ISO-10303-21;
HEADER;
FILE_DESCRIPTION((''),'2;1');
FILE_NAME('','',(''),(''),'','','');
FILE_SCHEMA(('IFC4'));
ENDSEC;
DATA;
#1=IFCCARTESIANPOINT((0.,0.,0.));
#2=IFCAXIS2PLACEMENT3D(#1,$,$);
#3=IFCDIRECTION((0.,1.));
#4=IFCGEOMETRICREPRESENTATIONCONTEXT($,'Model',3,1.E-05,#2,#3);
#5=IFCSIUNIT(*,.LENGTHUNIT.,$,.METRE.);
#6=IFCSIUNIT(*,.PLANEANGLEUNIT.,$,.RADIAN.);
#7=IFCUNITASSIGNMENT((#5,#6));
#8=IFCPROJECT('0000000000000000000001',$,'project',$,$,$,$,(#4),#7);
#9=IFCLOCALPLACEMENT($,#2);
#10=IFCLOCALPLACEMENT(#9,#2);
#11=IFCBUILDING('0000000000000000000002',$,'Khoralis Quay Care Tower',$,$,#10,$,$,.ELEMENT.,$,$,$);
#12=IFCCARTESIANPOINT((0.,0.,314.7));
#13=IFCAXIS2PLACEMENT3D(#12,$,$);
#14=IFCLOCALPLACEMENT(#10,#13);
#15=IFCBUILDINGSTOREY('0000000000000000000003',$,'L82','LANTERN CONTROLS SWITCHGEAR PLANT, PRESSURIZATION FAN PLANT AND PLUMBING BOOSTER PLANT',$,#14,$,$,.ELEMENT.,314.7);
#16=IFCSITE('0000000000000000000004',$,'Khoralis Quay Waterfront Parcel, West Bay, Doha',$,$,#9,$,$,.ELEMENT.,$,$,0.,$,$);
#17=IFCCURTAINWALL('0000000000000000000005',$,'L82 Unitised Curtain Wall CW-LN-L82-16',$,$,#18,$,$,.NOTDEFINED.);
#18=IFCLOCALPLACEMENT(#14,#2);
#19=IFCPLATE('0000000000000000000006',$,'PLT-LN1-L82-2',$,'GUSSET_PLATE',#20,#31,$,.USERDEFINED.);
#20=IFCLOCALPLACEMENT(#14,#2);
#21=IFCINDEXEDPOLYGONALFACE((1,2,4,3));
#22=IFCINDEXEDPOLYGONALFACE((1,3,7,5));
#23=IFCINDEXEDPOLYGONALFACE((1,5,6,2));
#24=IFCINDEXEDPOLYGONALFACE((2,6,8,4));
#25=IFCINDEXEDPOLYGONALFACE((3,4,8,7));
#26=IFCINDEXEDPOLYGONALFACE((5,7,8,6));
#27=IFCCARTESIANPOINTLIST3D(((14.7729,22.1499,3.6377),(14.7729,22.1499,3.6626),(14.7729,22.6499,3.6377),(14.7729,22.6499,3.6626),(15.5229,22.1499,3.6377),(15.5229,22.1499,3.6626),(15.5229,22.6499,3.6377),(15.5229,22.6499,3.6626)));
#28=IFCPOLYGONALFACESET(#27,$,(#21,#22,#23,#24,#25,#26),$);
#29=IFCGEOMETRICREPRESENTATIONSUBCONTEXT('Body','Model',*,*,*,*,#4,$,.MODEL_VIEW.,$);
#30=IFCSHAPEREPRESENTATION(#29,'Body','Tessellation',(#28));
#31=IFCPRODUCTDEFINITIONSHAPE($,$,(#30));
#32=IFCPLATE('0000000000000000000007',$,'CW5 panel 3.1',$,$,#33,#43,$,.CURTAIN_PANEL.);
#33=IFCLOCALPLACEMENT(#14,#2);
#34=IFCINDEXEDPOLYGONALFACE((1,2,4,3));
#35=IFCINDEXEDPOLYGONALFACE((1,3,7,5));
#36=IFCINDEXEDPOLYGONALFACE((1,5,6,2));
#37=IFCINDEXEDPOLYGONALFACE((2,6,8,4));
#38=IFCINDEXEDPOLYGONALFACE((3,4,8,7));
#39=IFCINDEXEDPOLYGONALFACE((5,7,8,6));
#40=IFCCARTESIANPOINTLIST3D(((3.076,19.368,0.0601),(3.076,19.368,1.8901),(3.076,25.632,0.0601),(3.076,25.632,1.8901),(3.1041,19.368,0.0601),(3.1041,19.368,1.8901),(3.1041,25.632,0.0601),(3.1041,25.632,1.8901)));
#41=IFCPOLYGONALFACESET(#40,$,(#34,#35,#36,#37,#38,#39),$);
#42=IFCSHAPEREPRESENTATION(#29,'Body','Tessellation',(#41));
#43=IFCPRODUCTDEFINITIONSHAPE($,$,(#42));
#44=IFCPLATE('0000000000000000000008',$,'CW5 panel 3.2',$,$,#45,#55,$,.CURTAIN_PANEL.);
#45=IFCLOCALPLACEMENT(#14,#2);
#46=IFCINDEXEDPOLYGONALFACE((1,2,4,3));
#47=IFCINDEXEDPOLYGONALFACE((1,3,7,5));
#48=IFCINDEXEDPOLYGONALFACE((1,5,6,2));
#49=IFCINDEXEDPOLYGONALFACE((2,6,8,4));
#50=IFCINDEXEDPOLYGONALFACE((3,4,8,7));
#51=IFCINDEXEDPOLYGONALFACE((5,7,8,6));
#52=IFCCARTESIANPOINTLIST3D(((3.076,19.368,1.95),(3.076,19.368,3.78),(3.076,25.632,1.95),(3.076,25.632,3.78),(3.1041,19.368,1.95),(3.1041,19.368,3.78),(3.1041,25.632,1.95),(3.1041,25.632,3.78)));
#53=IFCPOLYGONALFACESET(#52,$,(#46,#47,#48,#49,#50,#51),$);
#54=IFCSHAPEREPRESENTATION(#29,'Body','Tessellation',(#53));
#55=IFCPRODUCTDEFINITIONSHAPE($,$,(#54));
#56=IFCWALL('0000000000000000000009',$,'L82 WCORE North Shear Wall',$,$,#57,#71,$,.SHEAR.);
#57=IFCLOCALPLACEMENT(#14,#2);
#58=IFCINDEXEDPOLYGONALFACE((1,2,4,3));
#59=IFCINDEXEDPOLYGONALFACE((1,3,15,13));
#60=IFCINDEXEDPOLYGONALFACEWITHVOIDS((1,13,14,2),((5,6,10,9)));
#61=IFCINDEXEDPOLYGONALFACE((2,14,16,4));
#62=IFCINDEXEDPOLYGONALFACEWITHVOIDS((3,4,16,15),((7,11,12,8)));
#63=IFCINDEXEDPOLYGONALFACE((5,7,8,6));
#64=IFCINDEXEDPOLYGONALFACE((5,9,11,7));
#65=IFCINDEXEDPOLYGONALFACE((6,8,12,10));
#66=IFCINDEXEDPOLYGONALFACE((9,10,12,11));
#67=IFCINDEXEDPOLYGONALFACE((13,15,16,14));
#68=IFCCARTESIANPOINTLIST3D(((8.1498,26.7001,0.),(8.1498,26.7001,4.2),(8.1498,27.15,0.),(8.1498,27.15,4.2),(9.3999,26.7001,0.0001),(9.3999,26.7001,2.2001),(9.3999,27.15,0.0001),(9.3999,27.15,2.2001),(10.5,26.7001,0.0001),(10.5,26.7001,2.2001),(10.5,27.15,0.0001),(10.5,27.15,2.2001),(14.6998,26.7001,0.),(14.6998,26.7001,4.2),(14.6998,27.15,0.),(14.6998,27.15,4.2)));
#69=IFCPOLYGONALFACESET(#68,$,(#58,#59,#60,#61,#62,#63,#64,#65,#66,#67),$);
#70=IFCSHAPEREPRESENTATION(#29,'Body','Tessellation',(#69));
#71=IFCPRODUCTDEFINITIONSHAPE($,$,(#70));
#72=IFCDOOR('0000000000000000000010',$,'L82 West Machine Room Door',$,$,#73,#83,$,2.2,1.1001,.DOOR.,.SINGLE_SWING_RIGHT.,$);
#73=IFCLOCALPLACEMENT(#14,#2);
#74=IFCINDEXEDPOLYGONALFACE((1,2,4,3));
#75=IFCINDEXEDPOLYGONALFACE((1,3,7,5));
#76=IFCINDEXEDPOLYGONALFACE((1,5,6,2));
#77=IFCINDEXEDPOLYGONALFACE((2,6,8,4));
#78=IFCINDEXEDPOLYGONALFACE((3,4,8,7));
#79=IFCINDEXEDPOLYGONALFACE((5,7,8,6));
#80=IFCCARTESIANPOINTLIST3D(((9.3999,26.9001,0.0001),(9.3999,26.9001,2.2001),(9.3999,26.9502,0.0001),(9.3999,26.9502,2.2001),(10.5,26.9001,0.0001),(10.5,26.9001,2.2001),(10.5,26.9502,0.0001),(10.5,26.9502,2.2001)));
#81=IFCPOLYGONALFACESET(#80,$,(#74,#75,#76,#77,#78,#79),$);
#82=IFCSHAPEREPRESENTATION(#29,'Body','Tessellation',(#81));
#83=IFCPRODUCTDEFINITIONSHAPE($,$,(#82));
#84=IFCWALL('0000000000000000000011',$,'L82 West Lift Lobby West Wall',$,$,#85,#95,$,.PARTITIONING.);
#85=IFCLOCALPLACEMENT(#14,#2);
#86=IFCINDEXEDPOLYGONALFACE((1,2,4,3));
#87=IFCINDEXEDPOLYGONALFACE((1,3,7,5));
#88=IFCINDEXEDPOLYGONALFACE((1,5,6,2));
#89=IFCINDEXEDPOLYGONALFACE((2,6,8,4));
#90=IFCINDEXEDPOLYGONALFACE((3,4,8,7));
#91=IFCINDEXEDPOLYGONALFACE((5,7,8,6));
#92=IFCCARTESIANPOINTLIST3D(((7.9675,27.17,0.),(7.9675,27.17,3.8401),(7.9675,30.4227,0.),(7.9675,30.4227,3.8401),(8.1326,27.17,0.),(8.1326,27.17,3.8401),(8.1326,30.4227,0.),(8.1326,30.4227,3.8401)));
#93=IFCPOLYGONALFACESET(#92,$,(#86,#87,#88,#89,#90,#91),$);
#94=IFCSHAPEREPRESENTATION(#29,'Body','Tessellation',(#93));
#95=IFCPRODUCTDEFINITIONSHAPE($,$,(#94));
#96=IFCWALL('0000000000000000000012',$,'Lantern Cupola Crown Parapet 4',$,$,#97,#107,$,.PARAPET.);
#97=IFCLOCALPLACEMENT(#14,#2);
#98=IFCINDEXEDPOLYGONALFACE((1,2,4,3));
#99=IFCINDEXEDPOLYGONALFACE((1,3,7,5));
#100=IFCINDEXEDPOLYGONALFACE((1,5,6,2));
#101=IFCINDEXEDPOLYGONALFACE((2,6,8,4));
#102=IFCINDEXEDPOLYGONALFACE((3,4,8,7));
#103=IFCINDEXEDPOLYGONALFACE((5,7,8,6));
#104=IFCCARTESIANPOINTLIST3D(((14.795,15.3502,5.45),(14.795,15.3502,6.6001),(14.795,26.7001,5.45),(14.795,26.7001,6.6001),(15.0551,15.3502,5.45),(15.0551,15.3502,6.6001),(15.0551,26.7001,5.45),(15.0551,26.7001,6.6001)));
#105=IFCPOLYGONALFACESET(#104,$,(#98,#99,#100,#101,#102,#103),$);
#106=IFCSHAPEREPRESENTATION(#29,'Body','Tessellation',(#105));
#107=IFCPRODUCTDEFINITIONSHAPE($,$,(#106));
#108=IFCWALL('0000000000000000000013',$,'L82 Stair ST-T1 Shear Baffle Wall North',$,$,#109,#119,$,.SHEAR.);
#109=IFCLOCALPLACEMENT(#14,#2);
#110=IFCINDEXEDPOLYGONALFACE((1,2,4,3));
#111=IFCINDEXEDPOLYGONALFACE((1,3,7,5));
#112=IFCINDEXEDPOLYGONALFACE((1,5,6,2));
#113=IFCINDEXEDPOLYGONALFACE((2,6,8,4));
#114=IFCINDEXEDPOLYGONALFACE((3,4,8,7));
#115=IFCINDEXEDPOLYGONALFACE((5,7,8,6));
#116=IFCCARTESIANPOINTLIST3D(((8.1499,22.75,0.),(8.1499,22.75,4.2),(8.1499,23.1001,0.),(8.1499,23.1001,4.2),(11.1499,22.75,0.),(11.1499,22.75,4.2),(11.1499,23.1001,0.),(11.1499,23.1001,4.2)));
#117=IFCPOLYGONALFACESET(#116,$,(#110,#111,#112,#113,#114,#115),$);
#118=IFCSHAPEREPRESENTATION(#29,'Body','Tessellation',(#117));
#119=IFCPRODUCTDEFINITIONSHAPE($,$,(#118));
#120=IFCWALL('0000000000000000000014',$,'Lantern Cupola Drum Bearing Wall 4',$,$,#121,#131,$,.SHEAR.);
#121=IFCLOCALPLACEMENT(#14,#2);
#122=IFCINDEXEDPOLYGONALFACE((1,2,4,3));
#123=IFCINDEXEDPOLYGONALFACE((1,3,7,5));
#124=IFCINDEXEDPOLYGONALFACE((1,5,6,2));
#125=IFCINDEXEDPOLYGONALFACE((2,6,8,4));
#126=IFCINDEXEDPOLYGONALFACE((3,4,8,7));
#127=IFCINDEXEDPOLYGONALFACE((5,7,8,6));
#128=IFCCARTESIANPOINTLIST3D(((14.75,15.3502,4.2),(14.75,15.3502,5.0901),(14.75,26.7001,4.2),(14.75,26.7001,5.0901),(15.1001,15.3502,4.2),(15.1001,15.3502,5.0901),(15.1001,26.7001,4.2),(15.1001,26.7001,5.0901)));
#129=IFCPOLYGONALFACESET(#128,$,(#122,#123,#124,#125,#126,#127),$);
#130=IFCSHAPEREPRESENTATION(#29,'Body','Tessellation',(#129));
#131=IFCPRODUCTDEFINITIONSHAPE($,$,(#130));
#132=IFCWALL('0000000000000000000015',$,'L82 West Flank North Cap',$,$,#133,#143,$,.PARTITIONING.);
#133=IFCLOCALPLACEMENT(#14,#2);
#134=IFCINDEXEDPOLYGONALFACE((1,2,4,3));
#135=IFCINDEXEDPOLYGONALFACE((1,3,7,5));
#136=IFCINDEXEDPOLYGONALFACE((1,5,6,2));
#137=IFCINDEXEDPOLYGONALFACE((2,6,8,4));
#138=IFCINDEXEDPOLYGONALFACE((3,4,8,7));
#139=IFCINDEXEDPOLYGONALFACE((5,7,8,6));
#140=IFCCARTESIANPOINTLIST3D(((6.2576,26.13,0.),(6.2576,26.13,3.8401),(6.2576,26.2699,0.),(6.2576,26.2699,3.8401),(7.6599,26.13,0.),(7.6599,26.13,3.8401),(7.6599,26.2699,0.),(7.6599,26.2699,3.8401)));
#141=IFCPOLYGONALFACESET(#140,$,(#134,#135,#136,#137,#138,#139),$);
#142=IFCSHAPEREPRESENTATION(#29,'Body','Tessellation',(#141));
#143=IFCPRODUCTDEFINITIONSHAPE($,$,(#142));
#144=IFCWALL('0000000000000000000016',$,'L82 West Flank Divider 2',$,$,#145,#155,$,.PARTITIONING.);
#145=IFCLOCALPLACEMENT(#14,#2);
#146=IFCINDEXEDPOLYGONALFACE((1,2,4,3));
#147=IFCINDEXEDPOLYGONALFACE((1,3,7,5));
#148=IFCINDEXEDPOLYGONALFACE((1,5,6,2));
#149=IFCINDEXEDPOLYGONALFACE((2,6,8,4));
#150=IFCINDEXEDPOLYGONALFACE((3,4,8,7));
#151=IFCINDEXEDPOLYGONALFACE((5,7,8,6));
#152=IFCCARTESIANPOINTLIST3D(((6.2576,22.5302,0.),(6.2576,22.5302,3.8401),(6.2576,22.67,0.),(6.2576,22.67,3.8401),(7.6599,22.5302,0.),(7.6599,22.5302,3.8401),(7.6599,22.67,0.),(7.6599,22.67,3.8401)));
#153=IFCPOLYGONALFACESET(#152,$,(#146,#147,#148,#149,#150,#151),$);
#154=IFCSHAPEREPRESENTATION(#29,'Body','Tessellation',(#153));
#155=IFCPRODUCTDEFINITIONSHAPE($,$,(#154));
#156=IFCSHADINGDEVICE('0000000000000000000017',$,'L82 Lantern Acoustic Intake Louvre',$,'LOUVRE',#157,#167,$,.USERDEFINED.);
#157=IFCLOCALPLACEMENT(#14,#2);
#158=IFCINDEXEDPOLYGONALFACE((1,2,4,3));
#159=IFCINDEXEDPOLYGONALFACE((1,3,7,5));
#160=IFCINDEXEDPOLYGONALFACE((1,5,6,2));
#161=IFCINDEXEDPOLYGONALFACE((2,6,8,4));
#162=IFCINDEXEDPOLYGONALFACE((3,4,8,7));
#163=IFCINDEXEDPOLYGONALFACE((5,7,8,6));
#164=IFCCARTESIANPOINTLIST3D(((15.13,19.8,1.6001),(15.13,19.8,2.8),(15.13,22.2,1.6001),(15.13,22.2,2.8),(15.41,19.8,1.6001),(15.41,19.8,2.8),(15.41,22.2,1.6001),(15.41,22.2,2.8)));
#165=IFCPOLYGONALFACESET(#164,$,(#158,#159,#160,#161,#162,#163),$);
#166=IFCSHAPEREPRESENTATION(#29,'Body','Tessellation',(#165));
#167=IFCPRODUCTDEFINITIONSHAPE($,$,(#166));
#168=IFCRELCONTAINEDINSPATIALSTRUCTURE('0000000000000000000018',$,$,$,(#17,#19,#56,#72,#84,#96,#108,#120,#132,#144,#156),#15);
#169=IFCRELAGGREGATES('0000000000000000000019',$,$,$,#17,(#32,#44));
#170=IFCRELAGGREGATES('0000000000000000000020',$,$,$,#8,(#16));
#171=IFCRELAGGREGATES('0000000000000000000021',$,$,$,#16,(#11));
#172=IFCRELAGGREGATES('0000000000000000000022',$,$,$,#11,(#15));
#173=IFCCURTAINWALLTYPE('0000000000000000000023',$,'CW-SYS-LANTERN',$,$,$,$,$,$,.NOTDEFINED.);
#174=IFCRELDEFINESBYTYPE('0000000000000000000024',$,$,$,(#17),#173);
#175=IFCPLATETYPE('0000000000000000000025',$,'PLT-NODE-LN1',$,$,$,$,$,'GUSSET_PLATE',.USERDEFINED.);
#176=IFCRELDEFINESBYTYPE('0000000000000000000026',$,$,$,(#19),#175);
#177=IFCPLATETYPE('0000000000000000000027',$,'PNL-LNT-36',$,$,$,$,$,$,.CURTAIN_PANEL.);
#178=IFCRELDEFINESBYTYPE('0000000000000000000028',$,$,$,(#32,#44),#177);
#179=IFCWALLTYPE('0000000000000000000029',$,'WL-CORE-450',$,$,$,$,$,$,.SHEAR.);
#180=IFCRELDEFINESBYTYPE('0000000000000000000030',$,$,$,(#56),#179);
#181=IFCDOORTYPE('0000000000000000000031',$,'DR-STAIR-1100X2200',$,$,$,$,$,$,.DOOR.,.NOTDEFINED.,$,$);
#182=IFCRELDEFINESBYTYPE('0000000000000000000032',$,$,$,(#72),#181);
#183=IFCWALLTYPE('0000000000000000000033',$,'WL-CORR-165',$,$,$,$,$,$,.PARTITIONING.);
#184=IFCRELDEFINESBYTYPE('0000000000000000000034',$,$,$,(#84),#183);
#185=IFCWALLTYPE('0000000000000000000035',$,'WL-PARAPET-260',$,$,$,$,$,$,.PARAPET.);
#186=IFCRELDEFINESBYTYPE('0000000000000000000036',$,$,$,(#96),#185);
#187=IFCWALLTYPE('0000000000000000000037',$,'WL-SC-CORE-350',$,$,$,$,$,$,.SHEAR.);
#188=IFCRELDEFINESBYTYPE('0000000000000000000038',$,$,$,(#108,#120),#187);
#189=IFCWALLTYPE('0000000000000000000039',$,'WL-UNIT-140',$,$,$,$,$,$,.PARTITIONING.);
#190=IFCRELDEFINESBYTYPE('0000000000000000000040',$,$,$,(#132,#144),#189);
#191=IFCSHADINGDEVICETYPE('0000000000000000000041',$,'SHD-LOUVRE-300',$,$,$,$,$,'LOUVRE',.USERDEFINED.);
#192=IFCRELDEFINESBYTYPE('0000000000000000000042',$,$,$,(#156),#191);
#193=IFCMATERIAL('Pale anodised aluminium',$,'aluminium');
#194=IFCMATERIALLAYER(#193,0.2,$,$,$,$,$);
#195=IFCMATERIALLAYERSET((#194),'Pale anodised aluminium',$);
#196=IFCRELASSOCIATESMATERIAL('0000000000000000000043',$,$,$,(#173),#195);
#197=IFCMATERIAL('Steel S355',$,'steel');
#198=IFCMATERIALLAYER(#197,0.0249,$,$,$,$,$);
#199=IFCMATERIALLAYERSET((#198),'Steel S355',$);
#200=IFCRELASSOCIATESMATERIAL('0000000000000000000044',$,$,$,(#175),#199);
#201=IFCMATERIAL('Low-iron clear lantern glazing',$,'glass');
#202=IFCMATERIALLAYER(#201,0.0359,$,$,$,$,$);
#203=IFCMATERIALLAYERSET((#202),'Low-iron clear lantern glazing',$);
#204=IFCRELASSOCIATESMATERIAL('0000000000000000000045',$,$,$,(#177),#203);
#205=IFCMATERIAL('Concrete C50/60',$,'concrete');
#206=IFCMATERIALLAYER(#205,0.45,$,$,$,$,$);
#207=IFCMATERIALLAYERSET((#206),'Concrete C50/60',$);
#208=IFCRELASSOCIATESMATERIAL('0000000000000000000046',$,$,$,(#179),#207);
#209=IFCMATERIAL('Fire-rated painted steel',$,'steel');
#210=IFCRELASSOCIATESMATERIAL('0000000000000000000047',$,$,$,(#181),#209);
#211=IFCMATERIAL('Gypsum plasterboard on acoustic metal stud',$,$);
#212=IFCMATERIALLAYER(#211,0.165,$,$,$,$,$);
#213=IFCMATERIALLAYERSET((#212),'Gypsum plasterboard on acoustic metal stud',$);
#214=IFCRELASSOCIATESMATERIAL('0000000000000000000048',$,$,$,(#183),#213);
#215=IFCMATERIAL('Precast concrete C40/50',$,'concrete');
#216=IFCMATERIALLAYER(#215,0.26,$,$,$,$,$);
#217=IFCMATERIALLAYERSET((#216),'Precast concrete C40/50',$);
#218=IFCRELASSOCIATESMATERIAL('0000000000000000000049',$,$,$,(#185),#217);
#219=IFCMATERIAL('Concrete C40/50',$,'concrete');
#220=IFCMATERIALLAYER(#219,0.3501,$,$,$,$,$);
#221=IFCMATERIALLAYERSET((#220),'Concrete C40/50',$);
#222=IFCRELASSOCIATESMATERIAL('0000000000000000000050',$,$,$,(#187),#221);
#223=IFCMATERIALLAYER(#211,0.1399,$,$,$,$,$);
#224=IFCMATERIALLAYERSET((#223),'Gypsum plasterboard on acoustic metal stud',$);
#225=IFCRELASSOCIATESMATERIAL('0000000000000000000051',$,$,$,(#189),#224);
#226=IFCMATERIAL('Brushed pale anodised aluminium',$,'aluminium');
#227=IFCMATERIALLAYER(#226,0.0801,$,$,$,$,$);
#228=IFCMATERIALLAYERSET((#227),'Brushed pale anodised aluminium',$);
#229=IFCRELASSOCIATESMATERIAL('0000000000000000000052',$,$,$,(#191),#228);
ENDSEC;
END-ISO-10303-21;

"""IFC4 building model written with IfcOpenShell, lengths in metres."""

from ifc_helpers import new_model, si_unit, direction, frame, frame_2d, origin, origin_2d, place, context, subcontext, project, spatial, rectangle, extrude, source, transform, mapped, material, layer, layer_set, type_object, element, fill, aggregate, save


model = new_model("IFC4")

# Units and contexts
model_context = context("Model", 3, precision=1e-05, world=origin(), true_north=direction((0.0, 1.0)))
body_context = subcontext(model_context, "Body", "Model", "MODEL_VIEW")
ifc_project = project(units=[si_unit("LENGTHUNIT", "METRE"), si_unit("PLANEANGLEUNIT", "RADIAN")], contexts=[model_context])

# Site, building, storey
site_placement = place(None, origin())
site = spatial("IfcSite", under=ifc_project, at=site_placement, Name="Khoralis Quay Waterfront Parcel, West Bay, Doha", CompositionType="ELEMENT", RefElevation=0.0)
building_placement = place(site_placement, origin())
building = spatial("IfcBuilding", under=site, at=building_placement, Name="Khoralis Quay Care Tower", CompositionType="ELEMENT")
storey_placement = place(building_placement, frame((0.0, 0.0, 314.7)))
storey = spatial("IfcBuildingStorey", under=building, at=storey_placement, Name="L82", Description="LANTERN CONTROLS SWITCHGEAR PLANT, PRESSURIZATION FAN PLANT AND PLUMBING BOOSTER PLANT", CompositionType="ELEMENT", Elevation=314.7)

# Shared definitions
ifc_material_1 = material(Name="Steel S355", Category="steel")

# Shared definitions
ifc_material_2 = material(Name="Concrete C50/60", Category="concrete")

# Curtain wall
ifc_material_3 = material(Name="Pale anodised aluminium", Category="aluminium")
ifc_layer_1 = layer(ifc_material_3, 0.2)
ifc_layer_set_1 = layer_set([ifc_layer_1], Name="Pale anodised aluminium")
curtain_wall_type = type_object("IfcCurtainWallType", Name="CW-SYS-LANTERN", PredefinedType="NOTDEFINED", material=ifc_layer_set_1)
curtain_wall_placement = place(storey_placement, origin())
curtain_wall = element("IfcCurtainWall", 1, at=curtain_wall_placement, inside=storey, type_object=curtain_wall_type, Name="L82 Unitised Curtain Wall CW-LN-L82-16", PredefinedType="NOTDEFINED")

# Plate
ifc_layer_2 = layer(ifc_material_1, 0.0249)
ifc_layer_set_2 = layer_set([ifc_layer_2], Name="Steel S355")
plate_type_1 = type_object("IfcPlateType", Name="PLT-NODE-LN1", ElementType="GUSSET_PLATE", PredefinedType="USERDEFINED", material=ifc_layer_set_2)
shared_shape_1 = source(origin(), body_context, "Body", "SweptSolid", [
    extrude(rectangle(XDim=0.75, YDim=0.5, at=origin_2d()), origin(), (0.0, 0.0, 1.0), 0.0249),
])
plate_1_placement = place(storey_placement, frame((15.1479, 22.3999, 3.6377), z_axis=(0.0, 0.0, 1.0), x_axis=(1.0, 0.0, 0.0)))
element("IfcPlate", 2, at=plate_1_placement, inside=storey, type_object=plate_type_1, Name="PLT-LN1-L82-2", ObjectType="GUSSET_PLATE", PredefinedType="USERDEFINED", context=body_context, shape_type="MappedRepresentation", body=[
    mapped(shared_shape_1, transform((0.0, 0.0, 0.0), scale=1.0)),
])

# Plates
ifc_material_4 = material(Name="Low-iron clear lantern glazing", Category="glass")
ifc_layer_3 = layer(ifc_material_4, 0.0359)
ifc_layer_set_3 = layer_set([ifc_layer_3], Name="Low-iron clear lantern glazing")
plate_type_2 = type_object("IfcPlateType", Name="PNL-LNT-36", PredefinedType="CURTAIN_PANEL", material=ifc_layer_set_3)
shared_shape_2 = source(origin(), body_context, "Body", "SweptSolid", [
    extrude(rectangle(XDim=6.2639, YDim=0.0281, at=origin_2d()), origin(), (0.0, 0.0, 1.0), 1.8301),
])
plate_2_placement = place(storey_placement, frame((3.0901, 22.5, 0.0601), z_axis=(0.0, 0.0, 1.0), x_axis=(0.0, -1.0, 0.0)))
plate_2 = element("IfcPlate", 3, at=plate_2_placement, type_object=plate_type_2, Name="CW5 panel 3.1", PredefinedType="CURTAIN_PANEL", context=body_context, shape_type="MappedRepresentation", body=[
    mapped(shared_shape_2, transform((0.0, 0.0, 0.0), scale=1.0)),
])
plate_3_placement = place(storey_placement, frame((3.0901, 22.5, 1.95), z_axis=(0.0, 0.0, 1.0), x_axis=(0.0, -1.0, 0.0)))
plate_3 = element("IfcPlate", 4, at=plate_3_placement, type_object=plate_type_2, Name="CW5 panel 3.2", PredefinedType="CURTAIN_PANEL", context=body_context, shape_type="MappedRepresentation", body=[
    mapped(shared_shape_2, transform((0.0, 0.0, 0.0), scale=1.0)),
])
aggregate(curtain_wall, [plate_2, plate_3])

# Wall, opening, door
ifc_layer_4 = layer(ifc_material_2, 0.45)
ifc_layer_set_4 = layer_set([ifc_layer_4], Name="Concrete C50/60")
wall_type_1 = type_object("IfcWallType", Name="WL-CORE-450", PredefinedType="SHEAR", material=ifc_layer_set_4)
wall_1_placement = place(storey_placement, frame((8.1499, 26.925, 0.0), z_axis=(0.0, 0.0, 1.0), x_axis=(1.0, 0.0, 0.0)))
wall_1 = element("IfcWall", 5, at=wall_1_placement, inside=storey, type_object=wall_type_1, Name="L82 WCORE North Shear Wall", PredefinedType="SHEAR", context=body_context, shape_type="SweptSolid", body=[
    extrude(rectangle(XDim=6.55, YDim=0.45, at=frame_2d((3.2749, 0.0))), origin(), (0.0, 0.0, 1.0), 4.2),
])
opening_placement = place(wall_1_placement, frame((1.25, 0.0, 0.0)))
opening = element("IfcOpeningElement", 6, at=opening_placement, cuts=wall_1, PredefinedType="OPENING", context=body_context, shape_type="SweptSolid", body=[
    extrude(rectangle(XDim=1.1001, YDim=2.2, at=frame_2d((0.55, 1.1001))), frame((0.0, 0.2349, 0.0), z_axis=(0.0, -1.0, 0.0), x_axis=(1.0, 0.0, 0.0)), (0.0, 0.0, 1.0), 0.47),
])
ifc_material_5 = material(Name="Fire-rated painted steel", Category="steel")
door_type = type_object("IfcDoorType", Name="DR-STAIR-1100X2200", OperationType="NOTDEFINED", PredefinedType="DOOR", material=ifc_material_5)
shared_shape_3 = source(origin(), body_context, "Body", "SweptSolid", [
    extrude(rectangle(XDim=1.1001, YDim=2.2, at=frame_2d((0.55, 1.1001))), frame((0.0, 0.0249, 0.0), z_axis=(0.0, -1.0, 0.0), x_axis=(1.0, 0.0, 0.0)), (0.0, 0.0, 1.0), 0.05),
])
door_placement = place(opening_placement, frame((1.1001, 0.0, 0.0), z_axis=(0.0, 0.0, 1.0), x_axis=(-1.0, 0.0, 0.0)))
door = element("IfcDoor", 7, at=door_placement, inside=storey, type_object=door_type, Name="L82 West Machine Room Door", OperationType="SINGLE_SWING_RIGHT", OverallHeight=2.2, OverallWidth=1.1001, PredefinedType="DOOR", context=body_context, shape_type="MappedRepresentation", body=[
    mapped(shared_shape_3, transform((0.0, 0.0, 0.0), scale=1.0)),
])
fill(opening, door)

# Walls
ifc_material_6 = material(Name="Gypsum plasterboard on acoustic metal stud")
ifc_layer_5 = layer(ifc_material_6, 0.165)
ifc_layer_set_5 = layer_set([ifc_layer_5], Name="Gypsum plasterboard on acoustic metal stud")
wall_type_2 = type_object("IfcWallType", Name="WL-CORR-165", PredefinedType="PARTITIONING", material=ifc_layer_set_5)
wall_2_placement = place(storey_placement, frame((8.05, 27.1699, 0.0), z_axis=(0.0, 0.0, 1.0), x_axis=(0.0, 1.0, 0.0)))
element("IfcWall", 8, at=wall_2_placement, inside=storey, type_object=wall_type_2, Name="L82 West Lift Lobby West Wall", PredefinedType="PARTITIONING", context=body_context, shape_type="SweptSolid", body=[
    extrude(rectangle(XDim=3.2527, YDim=0.165, at=frame_2d((1.6265, 0.0))), origin(), (0.0, 0.0, 1.0), 3.8401),
])
ifc_material_7 = material(Name="Precast concrete C40/50", Category="concrete")
ifc_layer_6 = layer(ifc_material_7, 0.26)
ifc_layer_set_6 = layer_set([ifc_layer_6], Name="Precast concrete C40/50")
wall_type_3 = type_object("IfcWallType", Name="WL-PARAPET-260", PredefinedType="PARAPET", material=ifc_layer_set_6)
wall_3_placement = place(storey_placement, frame((14.925, 26.7, 5.45), z_axis=(0.0, 0.0, 1.0), x_axis=(0.0, -1.0, 0.0)))
element("IfcWall", 9, at=wall_3_placement, inside=storey, type_object=wall_type_3, Name="Lantern Cupola Crown Parapet 4", PredefinedType="PARAPET", context=body_context, shape_type="SweptSolid", body=[
    extrude(rectangle(XDim=11.3499, YDim=0.26, at=frame_2d((5.6748, 0.0))), origin(), (0.0, 0.0, 1.0), 1.1501),
])
ifc_material_8 = material(Name="Concrete C40/50", Category="concrete")
ifc_layer_7 = layer(ifc_material_8, 0.3501)
ifc_layer_set_7 = layer_set([ifc_layer_7], Name="Concrete C40/50")
wall_type_4 = type_object("IfcWallType", Name="WL-SC-CORE-350", PredefinedType="SHEAR", material=ifc_layer_set_7)
wall_4_placement = place(storey_placement, frame((8.1499, 22.925, 0.0), z_axis=(0.0, 0.0, 1.0), x_axis=(1.0, 0.0, 0.0)))
element("IfcWall", 10, at=wall_4_placement, inside=storey, type_object=wall_type_4, Name="L82 Stair ST-T1 Shear Baffle Wall North", PredefinedType="SHEAR", context=body_context, shape_type="SweptSolid", body=[
    extrude(rectangle(XDim=3.0, YDim=0.3501, at=frame_2d((1.5, 0.0))), origin(), (0.0, 0.0, 1.0), 4.2),
])
wall_5_placement = place(storey_placement, frame((14.925, 26.7, 4.2), z_axis=(0.0, 0.0, 1.0), x_axis=(0.0, -1.0, 0.0)))
element("IfcWall", 11, at=wall_5_placement, inside=storey, type_object=wall_type_4, Name="Lantern Cupola Drum Bearing Wall 4", PredefinedType="SHEAR", context=body_context, shape_type="SweptSolid", body=[
    extrude(rectangle(XDim=11.3499, YDim=0.3501, at=frame_2d((5.6748, 0.0))), origin(), (0.0, 0.0, 1.0), 0.8901),
])
ifc_layer_8 = layer(ifc_material_6, 0.1399)
ifc_layer_set_8 = layer_set([ifc_layer_8], Name="Gypsum plasterboard on acoustic metal stud")
wall_type_5 = type_object("IfcWallType", Name="WL-UNIT-140", PredefinedType="PARTITIONING", material=ifc_layer_set_8)
for number, where, z_axis, x_axis, name in (
    (12, (6.2576, 26.2, 0.0), (0.0, 0.0, 1.0), (1.0, 0.0, 0.0), "L82 West Flank North Cap"),
    (13, (6.2576, 22.6001, 0.0), (0.0, 0.0, 1.0), (1.0, 0.0, 0.0), "L82 West Flank Divider 2"),
):
    element("IfcWall", number, at=place(storey_placement, frame(where, z_axis=z_axis, x_axis=x_axis)), inside=storey, type_object=wall_type_5, Name=name, PredefinedType="PARTITIONING", context=body_context, shape_type="SweptSolid", body=[
        extrude(rectangle(XDim=1.4023, YDim=0.1399, at=frame_2d((0.7012, 0.0))), origin(), (0.0, 0.0, 1.0), 3.8401),
    ])

# Shading device
ifc_material_9 = material(Name="Brushed pale anodised aluminium", Category="aluminium")
ifc_layer_9 = layer(ifc_material_9, 0.0801)
ifc_layer_set_9 = layer_set([ifc_layer_9], Name="Brushed pale anodised aluminium")
shading_device_type = type_object("IfcShadingDeviceType", Name="SHD-LOUVRE-300", ElementType="LOUVRE", PredefinedType="USERDEFINED", material=ifc_layer_set_9)
shared_shape_4 = source(origin(), body_context, "Body", "SweptSolid", [
    extrude(rectangle(XDim=0.28, YDim=2.3999, at=origin_2d()), origin(), (0.0, 0.0, 1.0), 1.2),
])
shading_device_placement = place(storey_placement, frame((15.27, 21.0, 1.6001), z_axis=(0.0, 0.0, 1.0), x_axis=(1.0, 0.0, 0.0)))
element("IfcShadingDevice", 14, at=shading_device_placement, inside=storey, type_object=shading_device_type, Name="L82 Lantern Acoustic Intake Louvre", ObjectType="LOUVRE", PredefinedType="USERDEFINED", context=body_context, shape_type="MappedRepresentation", body=[
    mapped(shared_shape_4, transform((0.0, 0.0, 0.0), scale=1.0)),
])

save(model, "model.ifc")
